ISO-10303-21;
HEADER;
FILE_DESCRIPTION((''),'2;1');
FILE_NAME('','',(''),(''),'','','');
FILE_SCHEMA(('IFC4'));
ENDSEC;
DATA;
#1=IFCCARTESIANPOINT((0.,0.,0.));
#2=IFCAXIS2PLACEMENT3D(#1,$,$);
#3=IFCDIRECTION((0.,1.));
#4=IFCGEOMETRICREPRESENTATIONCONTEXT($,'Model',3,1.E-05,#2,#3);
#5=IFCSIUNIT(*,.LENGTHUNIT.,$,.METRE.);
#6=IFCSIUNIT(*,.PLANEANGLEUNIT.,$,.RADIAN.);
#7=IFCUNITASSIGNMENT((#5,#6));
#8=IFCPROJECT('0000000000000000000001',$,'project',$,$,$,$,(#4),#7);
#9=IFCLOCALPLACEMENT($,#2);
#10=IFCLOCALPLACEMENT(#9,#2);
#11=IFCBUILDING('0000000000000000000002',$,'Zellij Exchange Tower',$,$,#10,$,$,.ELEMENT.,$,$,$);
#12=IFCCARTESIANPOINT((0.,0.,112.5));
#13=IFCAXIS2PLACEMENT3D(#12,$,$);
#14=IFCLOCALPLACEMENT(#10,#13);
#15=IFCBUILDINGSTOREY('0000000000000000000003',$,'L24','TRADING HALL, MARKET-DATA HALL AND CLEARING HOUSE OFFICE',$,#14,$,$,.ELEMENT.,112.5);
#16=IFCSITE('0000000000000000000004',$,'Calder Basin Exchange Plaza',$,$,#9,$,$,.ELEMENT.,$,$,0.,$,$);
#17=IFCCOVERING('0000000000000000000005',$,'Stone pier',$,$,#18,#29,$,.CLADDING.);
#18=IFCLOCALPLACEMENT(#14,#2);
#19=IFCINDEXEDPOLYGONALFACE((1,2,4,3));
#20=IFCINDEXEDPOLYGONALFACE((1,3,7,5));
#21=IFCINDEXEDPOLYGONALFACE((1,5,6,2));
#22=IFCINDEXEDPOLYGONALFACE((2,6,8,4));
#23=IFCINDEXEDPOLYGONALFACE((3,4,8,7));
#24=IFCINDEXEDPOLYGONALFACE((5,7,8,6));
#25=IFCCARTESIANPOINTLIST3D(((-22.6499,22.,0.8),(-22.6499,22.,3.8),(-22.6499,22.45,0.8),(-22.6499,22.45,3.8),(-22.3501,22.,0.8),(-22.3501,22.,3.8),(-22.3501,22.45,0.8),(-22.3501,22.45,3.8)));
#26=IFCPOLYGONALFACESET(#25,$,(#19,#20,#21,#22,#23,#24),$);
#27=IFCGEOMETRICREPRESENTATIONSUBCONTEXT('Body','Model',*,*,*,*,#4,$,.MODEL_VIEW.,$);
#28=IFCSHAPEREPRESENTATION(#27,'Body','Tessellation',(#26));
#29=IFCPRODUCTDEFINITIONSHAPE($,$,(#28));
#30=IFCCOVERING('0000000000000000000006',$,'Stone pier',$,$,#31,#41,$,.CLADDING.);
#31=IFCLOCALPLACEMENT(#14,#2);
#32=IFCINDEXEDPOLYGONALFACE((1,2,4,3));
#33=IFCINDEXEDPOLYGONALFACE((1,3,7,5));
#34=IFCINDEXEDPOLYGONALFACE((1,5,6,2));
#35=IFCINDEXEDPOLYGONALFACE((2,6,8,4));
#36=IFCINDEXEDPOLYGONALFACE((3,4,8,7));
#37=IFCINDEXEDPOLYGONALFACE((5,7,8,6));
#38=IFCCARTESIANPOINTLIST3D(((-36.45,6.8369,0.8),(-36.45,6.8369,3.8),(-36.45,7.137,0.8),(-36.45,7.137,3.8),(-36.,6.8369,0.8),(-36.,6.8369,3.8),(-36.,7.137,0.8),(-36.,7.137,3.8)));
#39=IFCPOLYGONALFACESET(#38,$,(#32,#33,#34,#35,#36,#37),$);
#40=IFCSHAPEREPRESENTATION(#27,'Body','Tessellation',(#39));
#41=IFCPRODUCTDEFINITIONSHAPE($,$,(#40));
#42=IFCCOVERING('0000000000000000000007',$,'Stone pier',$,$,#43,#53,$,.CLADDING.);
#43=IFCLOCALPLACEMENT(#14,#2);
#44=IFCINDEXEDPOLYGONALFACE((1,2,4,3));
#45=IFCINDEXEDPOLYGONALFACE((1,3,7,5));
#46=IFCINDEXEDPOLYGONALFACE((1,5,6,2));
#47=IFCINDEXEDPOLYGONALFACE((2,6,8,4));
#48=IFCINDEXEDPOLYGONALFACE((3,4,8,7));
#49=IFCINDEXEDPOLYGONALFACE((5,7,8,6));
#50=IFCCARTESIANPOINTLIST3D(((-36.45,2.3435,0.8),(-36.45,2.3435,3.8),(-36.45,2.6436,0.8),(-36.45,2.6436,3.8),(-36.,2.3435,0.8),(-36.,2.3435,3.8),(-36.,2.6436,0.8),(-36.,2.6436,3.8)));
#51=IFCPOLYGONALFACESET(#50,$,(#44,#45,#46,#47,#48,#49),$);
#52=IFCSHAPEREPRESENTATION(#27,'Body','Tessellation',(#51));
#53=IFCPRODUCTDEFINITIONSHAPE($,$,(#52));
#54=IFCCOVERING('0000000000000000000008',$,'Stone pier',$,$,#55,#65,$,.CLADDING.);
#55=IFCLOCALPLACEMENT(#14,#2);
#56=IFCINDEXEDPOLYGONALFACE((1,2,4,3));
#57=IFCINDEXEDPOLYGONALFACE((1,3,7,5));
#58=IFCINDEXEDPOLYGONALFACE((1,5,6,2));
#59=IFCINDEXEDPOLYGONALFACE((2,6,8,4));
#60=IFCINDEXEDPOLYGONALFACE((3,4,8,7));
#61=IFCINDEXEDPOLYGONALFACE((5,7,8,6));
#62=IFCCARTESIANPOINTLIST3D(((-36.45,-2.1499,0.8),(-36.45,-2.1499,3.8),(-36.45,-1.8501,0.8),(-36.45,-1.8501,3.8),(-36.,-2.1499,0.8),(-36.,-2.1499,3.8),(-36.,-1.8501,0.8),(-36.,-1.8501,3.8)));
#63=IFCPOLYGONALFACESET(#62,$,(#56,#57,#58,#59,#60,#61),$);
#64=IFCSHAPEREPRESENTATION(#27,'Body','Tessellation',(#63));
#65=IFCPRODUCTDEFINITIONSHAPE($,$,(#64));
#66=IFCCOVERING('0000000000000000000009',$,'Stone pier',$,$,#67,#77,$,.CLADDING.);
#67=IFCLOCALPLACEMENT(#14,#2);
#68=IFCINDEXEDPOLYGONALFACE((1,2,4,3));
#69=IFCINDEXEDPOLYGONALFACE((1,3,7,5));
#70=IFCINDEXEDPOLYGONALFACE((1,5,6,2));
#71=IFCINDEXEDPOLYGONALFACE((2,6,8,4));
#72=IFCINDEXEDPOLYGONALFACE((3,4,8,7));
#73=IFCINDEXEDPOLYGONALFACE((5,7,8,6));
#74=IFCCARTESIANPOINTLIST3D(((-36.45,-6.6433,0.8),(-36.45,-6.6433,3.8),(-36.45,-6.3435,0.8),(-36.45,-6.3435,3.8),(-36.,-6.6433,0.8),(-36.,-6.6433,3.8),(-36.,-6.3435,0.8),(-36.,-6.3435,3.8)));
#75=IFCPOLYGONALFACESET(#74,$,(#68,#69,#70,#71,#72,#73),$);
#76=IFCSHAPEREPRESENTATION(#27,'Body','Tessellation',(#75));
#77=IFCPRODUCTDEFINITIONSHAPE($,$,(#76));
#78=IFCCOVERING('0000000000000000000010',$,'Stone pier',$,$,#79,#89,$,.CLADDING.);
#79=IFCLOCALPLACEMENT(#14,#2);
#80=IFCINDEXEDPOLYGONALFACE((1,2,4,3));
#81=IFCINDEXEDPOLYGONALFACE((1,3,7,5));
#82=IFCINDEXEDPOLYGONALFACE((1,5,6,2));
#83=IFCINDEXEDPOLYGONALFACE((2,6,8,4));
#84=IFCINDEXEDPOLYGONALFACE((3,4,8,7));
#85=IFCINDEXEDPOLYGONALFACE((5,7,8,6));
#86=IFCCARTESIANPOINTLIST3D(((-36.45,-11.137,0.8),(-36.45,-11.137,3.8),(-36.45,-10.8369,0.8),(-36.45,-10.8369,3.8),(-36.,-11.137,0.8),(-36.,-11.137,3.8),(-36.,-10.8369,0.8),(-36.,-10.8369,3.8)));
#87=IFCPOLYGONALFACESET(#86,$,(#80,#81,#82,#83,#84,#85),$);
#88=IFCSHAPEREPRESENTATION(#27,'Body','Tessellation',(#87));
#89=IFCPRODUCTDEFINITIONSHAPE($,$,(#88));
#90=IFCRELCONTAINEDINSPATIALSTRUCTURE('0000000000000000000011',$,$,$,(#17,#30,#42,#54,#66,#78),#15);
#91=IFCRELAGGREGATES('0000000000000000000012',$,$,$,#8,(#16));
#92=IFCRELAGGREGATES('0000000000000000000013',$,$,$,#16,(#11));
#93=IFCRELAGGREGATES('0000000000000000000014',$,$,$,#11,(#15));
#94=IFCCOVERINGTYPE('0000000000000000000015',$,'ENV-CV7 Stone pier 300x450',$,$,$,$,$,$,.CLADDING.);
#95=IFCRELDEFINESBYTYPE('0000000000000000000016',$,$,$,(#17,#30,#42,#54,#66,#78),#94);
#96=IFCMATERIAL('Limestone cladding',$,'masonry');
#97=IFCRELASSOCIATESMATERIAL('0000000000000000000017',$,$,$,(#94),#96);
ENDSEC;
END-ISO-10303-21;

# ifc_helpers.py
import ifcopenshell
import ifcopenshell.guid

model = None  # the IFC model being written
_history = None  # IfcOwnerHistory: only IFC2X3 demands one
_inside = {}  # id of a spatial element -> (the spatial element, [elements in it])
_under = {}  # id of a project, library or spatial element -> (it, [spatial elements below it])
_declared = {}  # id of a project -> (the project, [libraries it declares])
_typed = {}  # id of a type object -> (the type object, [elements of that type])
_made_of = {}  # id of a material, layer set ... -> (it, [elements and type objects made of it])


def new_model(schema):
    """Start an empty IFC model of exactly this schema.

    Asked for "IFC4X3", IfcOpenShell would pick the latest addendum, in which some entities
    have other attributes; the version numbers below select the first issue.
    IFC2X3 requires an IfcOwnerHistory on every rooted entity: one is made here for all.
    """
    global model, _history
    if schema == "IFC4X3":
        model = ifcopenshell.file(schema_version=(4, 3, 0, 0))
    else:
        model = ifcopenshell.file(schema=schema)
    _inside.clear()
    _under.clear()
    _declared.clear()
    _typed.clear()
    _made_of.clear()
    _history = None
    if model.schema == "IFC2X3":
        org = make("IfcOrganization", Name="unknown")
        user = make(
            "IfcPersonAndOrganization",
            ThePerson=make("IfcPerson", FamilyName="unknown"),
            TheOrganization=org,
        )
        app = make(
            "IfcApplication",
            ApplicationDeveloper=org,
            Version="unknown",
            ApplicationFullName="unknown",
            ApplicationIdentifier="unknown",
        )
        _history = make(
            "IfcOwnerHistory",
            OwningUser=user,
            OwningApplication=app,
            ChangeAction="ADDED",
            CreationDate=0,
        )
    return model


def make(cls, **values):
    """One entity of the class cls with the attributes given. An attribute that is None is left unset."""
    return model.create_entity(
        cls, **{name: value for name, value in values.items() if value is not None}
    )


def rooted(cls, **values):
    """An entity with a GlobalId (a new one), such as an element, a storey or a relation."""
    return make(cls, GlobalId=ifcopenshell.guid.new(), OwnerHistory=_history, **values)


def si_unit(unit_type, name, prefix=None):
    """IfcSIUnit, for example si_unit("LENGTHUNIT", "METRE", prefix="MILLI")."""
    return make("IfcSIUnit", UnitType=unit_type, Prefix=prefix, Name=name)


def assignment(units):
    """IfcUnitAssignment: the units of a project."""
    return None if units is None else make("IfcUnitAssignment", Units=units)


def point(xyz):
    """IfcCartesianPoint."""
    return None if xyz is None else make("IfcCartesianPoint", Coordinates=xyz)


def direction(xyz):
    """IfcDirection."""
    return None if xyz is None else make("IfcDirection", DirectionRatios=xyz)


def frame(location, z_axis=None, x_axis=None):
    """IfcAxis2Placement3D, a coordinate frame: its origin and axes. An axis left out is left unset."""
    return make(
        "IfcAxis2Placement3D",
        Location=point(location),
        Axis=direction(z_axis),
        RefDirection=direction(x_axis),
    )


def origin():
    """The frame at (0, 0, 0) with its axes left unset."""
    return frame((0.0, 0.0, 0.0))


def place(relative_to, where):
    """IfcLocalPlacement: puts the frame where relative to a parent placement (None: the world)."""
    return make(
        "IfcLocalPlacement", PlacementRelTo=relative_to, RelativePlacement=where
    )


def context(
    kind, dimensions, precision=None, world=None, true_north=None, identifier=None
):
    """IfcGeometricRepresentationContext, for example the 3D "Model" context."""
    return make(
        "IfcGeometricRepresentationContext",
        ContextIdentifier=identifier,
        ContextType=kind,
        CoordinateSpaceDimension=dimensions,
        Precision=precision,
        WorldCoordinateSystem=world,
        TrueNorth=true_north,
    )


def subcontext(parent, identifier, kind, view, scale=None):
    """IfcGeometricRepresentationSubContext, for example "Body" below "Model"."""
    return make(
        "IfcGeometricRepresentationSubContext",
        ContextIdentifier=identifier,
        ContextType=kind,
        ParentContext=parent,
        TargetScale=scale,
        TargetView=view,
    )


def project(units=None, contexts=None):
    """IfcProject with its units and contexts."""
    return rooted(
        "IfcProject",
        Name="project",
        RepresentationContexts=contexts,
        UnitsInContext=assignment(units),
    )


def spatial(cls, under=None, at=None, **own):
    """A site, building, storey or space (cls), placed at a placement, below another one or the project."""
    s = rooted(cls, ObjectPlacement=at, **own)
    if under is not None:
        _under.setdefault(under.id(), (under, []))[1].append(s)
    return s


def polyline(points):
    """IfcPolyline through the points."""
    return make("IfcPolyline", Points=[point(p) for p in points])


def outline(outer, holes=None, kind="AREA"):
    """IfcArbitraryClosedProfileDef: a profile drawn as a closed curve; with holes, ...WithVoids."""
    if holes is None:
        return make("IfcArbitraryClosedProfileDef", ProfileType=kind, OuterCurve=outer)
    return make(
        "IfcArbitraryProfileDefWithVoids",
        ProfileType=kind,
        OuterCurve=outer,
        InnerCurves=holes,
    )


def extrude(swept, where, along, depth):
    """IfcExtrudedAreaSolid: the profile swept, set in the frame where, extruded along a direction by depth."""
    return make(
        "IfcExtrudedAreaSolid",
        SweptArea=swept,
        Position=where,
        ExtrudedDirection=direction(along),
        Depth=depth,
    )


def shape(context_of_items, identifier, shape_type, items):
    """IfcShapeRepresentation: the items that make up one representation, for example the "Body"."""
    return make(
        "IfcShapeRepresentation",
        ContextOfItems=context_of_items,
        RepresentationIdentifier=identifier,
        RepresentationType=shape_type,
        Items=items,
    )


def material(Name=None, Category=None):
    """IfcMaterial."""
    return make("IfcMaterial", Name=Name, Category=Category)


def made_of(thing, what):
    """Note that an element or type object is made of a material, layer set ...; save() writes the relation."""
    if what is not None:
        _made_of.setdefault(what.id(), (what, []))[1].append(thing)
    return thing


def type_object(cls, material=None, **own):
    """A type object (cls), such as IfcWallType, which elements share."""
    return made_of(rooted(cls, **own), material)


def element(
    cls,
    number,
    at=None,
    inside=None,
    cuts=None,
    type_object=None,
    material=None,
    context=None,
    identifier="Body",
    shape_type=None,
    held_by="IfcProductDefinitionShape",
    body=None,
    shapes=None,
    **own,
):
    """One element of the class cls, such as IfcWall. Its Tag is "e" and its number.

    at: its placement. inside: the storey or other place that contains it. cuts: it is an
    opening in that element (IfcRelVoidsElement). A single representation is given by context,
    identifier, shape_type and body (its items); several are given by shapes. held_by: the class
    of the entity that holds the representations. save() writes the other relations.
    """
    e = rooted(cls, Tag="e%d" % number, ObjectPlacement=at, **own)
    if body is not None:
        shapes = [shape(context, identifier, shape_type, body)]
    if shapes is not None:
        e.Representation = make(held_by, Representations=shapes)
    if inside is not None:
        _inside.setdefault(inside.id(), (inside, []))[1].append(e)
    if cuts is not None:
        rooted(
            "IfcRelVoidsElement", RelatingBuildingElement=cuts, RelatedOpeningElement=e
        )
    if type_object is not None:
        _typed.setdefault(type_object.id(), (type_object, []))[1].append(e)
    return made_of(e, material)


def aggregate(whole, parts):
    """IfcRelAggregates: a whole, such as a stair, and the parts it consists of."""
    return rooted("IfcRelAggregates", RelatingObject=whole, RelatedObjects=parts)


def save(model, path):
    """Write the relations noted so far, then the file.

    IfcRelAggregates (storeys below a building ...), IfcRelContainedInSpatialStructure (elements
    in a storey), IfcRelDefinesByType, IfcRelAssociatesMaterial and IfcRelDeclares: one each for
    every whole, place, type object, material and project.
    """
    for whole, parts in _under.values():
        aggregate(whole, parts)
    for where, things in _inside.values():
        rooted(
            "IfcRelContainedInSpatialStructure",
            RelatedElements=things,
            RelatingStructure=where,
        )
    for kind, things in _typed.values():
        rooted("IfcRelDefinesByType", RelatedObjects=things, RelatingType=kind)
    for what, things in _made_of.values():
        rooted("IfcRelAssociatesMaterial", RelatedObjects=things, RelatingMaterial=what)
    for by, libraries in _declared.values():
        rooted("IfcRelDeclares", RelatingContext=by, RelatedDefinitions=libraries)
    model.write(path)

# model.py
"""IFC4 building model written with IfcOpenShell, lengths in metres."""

from ifc_helpers import new_model, si_unit, direction, frame, origin, place, context, subcontext, project, spatial, polyline, outline, extrude, material, type_object, element, save


model = new_model("IFC4")

# Units and contexts
model_context = context("Model", 3, precision=1e-05, world=origin(), true_north=direction((0.0, 1.0)))
body_context = subcontext(model_context, "Body", "Model", "MODEL_VIEW")
ifc_project = project(units=[si_unit("LENGTHUNIT", "METRE"), si_unit("PLANEANGLEUNIT", "RADIAN")], contexts=[model_context])

# Site, building, storey
site_placement = place(None, origin())
site = spatial("IfcSite", under=ifc_project, at=site_placement, Name="Calder Basin Exchange Plaza", CompositionType="ELEMENT", RefElevation=0.0)
building_placement = place(site_placement, origin())
building = spatial("IfcBuilding", under=site, at=building_placement, Name="Zellij Exchange Tower", CompositionType="ELEMENT")
storey_placement = place(building_placement, frame((0.0, 0.0, 112.5)))
storey = spatial("IfcBuildingStorey", under=building, at=storey_placement, Name="L24", Description="TRADING HALL, MARKET-DATA HALL AND CLEARING HOUSE OFFICE", CompositionType="ELEMENT", Elevation=112.5)

# Coverings
ifc_material_1 = material(Name="Limestone cladding", Category="masonry")
covering_type_1 = type_object("IfcCoveringType", Name="ENV-CV7 Stone pier 300x450", PredefinedType="CLADDING", material=ifc_material_1)
covering_1_placement = place(storey_placement, frame((0.0, 0.0, 0.8)))
element("IfcCovering", 1, at=covering_1_placement, inside=storey, type_object=covering_type_1, Name="Stone pier", PredefinedType="CLADDING", context=body_context, shape_type="SweptSolid", body=[
    extrude(outline(polyline([(-22.3501, 22.0), (-22.6499, 22.0), (-22.6499, 22.45), (-22.3501, 22.45), (-22.3501, 22.0)])), origin(), (0.0, 0.0, 1.0), 3.0),
])
covering_2_placement = place(storey_placement, frame((0.0, 0.0, 0.8)))
element("IfcCovering", 2, at=covering_2_placement, inside=storey, type_object=covering_type_1, Name="Stone pier", PredefinedType="CLADDING", context=body_context, shape_type="SweptSolid", body=[
    extrude(outline(polyline([(-36.0, 7.137), (-36.0, 6.8369), (-36.45, 6.8369), (-36.45, 7.137), (-36.0, 7.137)])), origin(), (0.0, 0.0, 1.0), 3.0),
])
covering_3_placement = place(storey_placement, frame((0.0, 0.0, 0.8)))
element("IfcCovering", 3, at=covering_3_placement, inside=storey, type_object=covering_type_1, Name="Stone pier", PredefinedType="CLADDING", context=body_context, shape_type="SweptSolid", body=[
    extrude(outline(polyline([(-36.0, 2.6436), (-36.0, 2.3435), (-36.45, 2.3435), (-36.45, 2.6436), (-36.0, 2.6436)])), origin(), (0.0, 0.0, 1.0), 3.0),
])
covering_4_placement = place(storey_placement, frame((0.0, 0.0, 0.8)))
element("IfcCovering", 4, at=covering_4_placement, inside=storey, type_object=covering_type_1, Name="Stone pier", PredefinedType="CLADDING", context=body_context, shape_type="SweptSolid", body=[
    extrude(outline(polyline([(-36.0, -1.8501), (-36.0, -2.1499), (-36.45, -2.1499), (-36.45, -1.8501), (-36.0, -1.8501)])), origin(), (0.0, 0.0, 1.0), 3.0),
])
covering_5_placement = place(storey_placement, frame((0.0, 0.0, 0.8)))
element("IfcCovering", 5, at=covering_5_placement, inside=storey, type_object=covering_type_1, Name="Stone pier", PredefinedType="CLADDING", context=body_context, shape_type="SweptSolid", body=[
    extrude(outline(polyline([(-36.0, -6.3435), (-36.0, -6.6433), (-36.45, -6.6433), (-36.45, -6.3435), (-36.0, -6.3435)])), origin(), (0.0, 0.0, 1.0), 3.0),
])
covering_6_placement = place(storey_placement, frame((0.0, 0.0, 0.8)))
element("IfcCovering", 6, at=covering_6_placement, inside=storey, type_object=covering_type_1, Name="Stone pier", PredefinedType="CLADDING", context=body_context, shape_type="SweptSolid", body=[
    extrude(outline(polyline([(-36.0, -10.8369), (-36.0, -11.137), (-36.45, -11.137), (-36.45, -10.8369), (-36.0, -10.8369)])), origin(), (0.0, 0.0, 1.0), 3.0),
])

save(model, "model.ifc")
